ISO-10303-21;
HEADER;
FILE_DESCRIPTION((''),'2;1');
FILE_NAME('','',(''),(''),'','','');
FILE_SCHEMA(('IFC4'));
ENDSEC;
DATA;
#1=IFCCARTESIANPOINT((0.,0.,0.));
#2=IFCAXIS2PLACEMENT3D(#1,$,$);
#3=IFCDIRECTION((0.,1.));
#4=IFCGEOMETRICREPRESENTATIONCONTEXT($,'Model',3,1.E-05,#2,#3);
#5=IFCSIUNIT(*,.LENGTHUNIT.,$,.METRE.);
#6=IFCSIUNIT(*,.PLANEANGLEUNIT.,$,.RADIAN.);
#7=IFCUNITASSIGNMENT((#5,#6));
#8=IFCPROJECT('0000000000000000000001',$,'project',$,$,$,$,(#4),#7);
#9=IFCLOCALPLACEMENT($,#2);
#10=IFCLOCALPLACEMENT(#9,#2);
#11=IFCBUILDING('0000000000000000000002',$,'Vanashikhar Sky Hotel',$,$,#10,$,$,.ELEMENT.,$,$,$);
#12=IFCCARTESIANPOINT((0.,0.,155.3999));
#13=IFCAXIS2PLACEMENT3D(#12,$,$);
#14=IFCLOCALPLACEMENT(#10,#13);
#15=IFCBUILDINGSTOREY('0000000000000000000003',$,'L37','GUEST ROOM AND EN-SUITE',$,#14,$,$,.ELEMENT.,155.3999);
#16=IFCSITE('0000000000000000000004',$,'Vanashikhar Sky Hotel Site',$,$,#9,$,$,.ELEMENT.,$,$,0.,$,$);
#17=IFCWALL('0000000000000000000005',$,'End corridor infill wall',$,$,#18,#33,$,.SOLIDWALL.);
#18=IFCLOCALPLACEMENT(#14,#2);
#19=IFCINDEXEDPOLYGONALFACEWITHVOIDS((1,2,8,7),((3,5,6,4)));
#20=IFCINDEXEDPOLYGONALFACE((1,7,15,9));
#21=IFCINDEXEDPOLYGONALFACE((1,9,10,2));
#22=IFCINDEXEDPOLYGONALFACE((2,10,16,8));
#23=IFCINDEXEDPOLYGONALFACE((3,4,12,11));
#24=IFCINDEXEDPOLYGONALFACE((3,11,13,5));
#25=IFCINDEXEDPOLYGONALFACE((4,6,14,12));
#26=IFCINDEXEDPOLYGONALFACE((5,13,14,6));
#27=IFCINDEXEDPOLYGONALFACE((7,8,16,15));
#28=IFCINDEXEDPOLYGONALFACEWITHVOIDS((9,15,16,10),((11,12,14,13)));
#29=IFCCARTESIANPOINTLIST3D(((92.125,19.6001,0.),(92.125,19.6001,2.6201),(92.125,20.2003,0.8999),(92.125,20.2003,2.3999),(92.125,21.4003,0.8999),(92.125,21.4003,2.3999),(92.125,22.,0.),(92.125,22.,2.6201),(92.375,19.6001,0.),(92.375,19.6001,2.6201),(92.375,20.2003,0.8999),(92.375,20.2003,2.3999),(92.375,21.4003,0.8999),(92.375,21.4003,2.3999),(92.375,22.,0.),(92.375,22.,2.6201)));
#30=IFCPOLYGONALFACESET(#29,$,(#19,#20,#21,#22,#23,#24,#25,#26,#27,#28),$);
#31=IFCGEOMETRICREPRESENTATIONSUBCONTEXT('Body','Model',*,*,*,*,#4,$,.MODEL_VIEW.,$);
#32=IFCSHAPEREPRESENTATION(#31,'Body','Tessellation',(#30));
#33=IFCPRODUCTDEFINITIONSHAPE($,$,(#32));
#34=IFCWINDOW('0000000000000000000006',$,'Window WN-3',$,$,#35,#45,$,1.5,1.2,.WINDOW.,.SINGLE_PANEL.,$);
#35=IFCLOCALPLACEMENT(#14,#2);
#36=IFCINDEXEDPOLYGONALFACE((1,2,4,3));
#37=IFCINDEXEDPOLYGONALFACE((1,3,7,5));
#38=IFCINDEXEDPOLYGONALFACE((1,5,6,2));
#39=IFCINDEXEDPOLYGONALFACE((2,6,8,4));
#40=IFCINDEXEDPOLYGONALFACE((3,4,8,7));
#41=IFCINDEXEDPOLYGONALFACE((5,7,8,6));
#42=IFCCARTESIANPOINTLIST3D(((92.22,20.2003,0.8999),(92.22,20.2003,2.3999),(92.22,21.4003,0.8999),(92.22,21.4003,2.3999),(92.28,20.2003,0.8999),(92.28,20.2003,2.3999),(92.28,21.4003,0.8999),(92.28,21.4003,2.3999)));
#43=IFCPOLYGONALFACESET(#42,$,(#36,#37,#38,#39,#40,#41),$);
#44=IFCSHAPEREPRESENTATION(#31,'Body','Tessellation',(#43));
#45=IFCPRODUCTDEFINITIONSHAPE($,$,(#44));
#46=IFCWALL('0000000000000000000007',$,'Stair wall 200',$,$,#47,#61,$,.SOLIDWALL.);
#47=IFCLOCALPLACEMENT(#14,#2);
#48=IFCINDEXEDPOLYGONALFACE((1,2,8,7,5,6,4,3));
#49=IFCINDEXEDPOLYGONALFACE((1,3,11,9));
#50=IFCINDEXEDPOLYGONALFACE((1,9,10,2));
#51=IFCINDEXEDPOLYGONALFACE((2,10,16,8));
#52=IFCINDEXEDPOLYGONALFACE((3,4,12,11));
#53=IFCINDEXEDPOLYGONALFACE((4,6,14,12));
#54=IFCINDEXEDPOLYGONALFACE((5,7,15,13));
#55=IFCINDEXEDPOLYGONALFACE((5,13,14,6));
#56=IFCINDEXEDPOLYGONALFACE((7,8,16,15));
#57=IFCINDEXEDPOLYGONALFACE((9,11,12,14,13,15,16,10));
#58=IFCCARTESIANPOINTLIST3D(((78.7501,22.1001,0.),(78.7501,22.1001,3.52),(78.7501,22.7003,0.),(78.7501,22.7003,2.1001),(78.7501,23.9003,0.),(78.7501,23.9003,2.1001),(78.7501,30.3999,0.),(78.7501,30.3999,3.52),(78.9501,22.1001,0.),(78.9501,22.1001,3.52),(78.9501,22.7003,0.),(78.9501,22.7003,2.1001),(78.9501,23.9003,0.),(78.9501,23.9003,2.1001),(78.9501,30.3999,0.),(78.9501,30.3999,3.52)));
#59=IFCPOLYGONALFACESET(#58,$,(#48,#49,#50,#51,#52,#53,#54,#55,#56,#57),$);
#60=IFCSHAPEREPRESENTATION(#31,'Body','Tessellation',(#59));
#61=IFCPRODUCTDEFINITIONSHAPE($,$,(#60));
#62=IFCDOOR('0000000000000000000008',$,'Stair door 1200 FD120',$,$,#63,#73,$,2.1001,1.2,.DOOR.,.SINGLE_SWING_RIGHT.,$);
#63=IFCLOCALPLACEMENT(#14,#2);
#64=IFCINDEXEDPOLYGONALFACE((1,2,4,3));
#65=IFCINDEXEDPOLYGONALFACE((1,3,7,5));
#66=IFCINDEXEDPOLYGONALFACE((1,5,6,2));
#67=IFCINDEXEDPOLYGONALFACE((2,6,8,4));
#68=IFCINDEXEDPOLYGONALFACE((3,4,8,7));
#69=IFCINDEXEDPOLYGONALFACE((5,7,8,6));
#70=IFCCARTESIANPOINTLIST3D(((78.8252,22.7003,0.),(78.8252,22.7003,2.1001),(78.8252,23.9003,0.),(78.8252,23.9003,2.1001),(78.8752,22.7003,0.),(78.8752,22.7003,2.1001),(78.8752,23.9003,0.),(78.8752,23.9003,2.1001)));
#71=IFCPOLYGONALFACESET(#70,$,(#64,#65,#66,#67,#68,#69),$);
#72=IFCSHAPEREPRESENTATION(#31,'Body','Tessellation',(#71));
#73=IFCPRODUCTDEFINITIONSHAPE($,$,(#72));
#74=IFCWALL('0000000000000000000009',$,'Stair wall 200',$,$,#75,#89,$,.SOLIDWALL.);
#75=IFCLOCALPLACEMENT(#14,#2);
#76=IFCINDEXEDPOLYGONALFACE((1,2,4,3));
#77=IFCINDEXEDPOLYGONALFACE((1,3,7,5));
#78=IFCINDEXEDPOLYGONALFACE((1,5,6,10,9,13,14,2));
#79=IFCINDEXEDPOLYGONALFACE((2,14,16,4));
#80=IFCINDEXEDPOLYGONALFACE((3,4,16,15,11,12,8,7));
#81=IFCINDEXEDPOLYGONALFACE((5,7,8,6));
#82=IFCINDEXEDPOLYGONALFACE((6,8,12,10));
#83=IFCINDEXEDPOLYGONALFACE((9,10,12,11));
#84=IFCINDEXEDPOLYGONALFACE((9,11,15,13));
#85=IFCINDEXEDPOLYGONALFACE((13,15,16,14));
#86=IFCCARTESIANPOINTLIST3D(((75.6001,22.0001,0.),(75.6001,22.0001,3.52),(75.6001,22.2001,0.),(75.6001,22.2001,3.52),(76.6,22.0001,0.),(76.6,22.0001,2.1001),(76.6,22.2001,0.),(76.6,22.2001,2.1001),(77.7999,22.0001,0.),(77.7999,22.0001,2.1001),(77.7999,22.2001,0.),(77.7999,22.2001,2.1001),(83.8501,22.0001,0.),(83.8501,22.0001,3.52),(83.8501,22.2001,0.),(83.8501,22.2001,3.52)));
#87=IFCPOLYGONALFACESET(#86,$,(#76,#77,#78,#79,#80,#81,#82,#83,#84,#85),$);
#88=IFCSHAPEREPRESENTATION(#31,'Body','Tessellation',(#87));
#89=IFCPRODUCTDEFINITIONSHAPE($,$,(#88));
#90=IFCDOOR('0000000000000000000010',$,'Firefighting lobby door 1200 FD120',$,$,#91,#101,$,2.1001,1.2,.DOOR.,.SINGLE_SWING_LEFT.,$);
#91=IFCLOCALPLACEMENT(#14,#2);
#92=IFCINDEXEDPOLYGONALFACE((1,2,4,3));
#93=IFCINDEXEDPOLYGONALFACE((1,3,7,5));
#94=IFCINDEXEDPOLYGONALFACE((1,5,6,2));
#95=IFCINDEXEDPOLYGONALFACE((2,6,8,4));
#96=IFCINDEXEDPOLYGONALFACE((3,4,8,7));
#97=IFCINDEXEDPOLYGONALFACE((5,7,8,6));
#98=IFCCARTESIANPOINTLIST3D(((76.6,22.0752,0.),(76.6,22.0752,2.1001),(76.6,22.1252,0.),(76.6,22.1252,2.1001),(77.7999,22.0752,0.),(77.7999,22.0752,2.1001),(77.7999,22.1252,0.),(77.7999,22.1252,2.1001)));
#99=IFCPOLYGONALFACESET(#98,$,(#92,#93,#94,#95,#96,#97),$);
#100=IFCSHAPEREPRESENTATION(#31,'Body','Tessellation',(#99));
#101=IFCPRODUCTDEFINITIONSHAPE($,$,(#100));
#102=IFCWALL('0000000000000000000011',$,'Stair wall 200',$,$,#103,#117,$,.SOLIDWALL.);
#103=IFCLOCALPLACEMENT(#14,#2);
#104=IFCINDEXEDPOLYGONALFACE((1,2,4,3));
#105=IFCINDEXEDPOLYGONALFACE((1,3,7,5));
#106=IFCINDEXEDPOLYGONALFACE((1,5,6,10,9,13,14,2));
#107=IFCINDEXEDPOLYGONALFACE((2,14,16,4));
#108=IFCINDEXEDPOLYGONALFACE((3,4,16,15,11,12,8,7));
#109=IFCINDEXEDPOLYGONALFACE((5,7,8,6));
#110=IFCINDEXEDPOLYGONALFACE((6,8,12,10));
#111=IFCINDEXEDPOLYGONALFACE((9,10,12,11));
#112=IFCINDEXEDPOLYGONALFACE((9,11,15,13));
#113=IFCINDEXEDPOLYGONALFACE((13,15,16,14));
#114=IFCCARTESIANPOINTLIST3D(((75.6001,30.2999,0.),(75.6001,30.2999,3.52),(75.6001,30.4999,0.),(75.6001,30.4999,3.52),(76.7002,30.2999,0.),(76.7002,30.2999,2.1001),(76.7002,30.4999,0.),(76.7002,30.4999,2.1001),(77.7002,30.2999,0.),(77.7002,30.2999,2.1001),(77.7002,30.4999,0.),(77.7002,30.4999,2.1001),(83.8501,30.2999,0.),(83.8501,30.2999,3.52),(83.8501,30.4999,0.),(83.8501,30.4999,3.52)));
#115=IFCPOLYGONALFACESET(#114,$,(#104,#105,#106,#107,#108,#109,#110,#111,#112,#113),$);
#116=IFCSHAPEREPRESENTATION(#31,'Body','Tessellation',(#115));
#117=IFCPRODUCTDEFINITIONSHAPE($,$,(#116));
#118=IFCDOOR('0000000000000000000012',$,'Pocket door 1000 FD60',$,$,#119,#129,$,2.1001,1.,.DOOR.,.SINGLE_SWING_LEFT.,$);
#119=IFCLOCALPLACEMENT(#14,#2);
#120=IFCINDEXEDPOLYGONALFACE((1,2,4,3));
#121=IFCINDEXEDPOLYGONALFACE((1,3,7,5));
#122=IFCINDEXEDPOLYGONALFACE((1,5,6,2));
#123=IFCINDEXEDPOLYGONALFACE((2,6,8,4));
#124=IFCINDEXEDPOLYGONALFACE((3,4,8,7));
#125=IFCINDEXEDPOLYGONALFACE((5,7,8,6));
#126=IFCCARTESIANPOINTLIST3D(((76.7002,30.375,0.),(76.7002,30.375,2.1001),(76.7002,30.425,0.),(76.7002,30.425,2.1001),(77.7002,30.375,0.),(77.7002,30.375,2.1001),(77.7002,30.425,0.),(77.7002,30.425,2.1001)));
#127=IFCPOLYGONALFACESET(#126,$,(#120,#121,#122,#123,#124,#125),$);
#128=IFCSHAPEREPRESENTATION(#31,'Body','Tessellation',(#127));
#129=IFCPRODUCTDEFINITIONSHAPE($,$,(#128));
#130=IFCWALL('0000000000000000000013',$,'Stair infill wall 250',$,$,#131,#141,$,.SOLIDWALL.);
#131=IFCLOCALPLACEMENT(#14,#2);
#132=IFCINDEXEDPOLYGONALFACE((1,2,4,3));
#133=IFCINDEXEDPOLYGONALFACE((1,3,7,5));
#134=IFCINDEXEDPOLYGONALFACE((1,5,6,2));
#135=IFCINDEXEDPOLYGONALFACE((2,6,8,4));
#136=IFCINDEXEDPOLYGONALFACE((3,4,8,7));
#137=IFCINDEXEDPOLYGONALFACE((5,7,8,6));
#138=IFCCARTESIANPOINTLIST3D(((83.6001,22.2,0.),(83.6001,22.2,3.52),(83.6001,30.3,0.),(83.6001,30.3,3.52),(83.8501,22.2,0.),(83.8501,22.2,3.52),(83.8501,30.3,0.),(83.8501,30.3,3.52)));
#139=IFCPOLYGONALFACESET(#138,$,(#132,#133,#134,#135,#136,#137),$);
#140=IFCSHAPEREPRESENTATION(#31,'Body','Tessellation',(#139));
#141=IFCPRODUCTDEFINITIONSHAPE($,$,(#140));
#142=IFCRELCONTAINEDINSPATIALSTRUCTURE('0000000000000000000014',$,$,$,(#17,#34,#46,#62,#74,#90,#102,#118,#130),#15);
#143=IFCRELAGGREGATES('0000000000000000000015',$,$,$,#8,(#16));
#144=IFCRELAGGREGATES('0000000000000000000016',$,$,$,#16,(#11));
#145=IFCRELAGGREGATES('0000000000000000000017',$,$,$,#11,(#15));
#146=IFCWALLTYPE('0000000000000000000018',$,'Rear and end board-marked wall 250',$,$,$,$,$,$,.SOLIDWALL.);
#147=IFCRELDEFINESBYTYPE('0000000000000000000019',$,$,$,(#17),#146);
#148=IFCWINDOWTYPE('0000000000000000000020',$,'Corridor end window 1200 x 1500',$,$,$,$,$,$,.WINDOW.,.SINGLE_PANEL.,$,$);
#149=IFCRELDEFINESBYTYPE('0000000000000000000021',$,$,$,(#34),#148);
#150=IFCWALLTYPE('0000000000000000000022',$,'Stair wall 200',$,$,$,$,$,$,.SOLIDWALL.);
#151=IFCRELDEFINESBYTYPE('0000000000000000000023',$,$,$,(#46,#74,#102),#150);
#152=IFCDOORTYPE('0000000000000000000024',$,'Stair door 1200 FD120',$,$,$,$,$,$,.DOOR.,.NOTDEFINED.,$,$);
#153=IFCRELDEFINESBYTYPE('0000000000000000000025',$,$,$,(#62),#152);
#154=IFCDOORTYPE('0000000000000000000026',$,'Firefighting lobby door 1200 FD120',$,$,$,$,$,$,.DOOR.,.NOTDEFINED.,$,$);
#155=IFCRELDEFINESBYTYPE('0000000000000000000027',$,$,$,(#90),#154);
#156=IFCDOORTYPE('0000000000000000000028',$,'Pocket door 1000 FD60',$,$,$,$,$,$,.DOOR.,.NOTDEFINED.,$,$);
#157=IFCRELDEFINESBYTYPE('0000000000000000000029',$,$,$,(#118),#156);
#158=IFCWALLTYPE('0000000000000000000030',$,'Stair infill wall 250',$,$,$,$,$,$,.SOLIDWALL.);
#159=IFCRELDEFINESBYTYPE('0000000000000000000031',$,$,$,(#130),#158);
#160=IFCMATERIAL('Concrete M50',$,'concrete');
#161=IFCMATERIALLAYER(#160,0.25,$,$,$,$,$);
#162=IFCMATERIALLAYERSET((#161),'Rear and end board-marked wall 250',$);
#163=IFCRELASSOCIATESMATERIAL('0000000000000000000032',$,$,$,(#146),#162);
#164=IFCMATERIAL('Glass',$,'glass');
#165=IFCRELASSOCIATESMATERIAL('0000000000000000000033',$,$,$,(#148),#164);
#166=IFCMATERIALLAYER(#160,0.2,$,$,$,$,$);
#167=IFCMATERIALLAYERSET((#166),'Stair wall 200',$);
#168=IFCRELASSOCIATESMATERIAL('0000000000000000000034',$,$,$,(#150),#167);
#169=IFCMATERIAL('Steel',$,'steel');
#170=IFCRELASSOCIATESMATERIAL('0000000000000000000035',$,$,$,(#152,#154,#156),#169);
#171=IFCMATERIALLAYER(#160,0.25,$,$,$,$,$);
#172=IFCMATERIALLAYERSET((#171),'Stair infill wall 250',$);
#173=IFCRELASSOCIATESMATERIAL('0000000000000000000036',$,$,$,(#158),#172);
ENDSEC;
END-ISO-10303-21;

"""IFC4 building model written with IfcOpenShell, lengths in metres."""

from ifc_helpers import new_model, si_unit, direction, frame, frame_2d, origin, place, context, subcontext, project, spatial, rectangle, extrude, source, transform, mapped, material, layer, layer_set, type_object, element, fill, save


model = new_model("IFC4")

# Units and contexts
model_context = context("Model", 3, precision=1e-05, world=origin(), true_north=direction((0.0, 1.0)))
body_context = subcontext(model_context, "Body", "Model", "MODEL_VIEW")
ifc_project = project(units=[si_unit("LENGTHUNIT", "METRE"), si_unit("PLANEANGLEUNIT", "RADIAN")], contexts=[model_context])

# Site, building, storey
site_placement = place(None, origin())
site = spatial("IfcSite", under=ifc_project, at=site_placement, Name="Vanashikhar Sky Hotel Site", CompositionType="ELEMENT", RefElevation=0.0)
building_placement = place(site_placement, origin())
building = spatial("IfcBuilding", under=site, at=building_placement, Name="Vanashikhar Sky Hotel", CompositionType="ELEMENT")
storey_placement = place(building_placement, frame((0.0, 0.0, 155.3999)))
storey = spatial("IfcBuildingStorey", under=building, at=storey_placement, Name="L37", Description="GUEST ROOM AND EN-SUITE", CompositionType="ELEMENT", Elevation=155.3999)

# Shared definitions
ifc_material_1 = material(Name="Concrete M50", Category="concrete")

# Shared definitions
ifc_material_2 = material(Name="Glass", Category="glass")

# Wall, opening, window
ifc_layer_1 = layer(ifc_material_1, 0.25)
ifc_layer_set_1 = layer_set([ifc_layer_1], Name="Rear and end board-marked wall 250")
wall_type_1 = type_object("IfcWallType", Name="Rear and end board-marked wall 250", PredefinedType="SOLIDWALL", material=ifc_layer_set_1)
shared_shape_1 = source(origin(), body_context, "Body", "SweptSolid", [
    extrude(rectangle(XDim=2.3999, YDim=0.25, at=frame_2d((1.2, 0.0))), origin(), (0.0, 0.0, 1.0), 2.6201),
])
wall_1_placement = place(storey_placement, frame((92.25, 19.6001, 0.0), z_axis=(0.0, 0.0, 1.0), x_axis=(0.0, 1.0, 0.0)))
wall_1 = element("IfcWall", 1, at=wall_1_placement, inside=storey, type_object=wall_type_1, Name="End corridor infill wall", PredefinedType="SOLIDWALL", context=body_context, shape_type="MappedRepresentation", body=[
    mapped(shared_shape_1, transform((0.0, 0.0, 0.0), scale=1.0)),
])
shared_shape_2 = source(origin(), body_context, "Body", "SweptSolid", [
    extrude(rectangle(XDim=1.2, YDim=1.5, at=frame_2d((0.6001, 0.75))), frame((0.0, 0.135, 0.0), z_axis=(0.0, -1.0, 0.0), x_axis=(1.0, 0.0, 0.0)), (0.0, 0.0, 1.0), 0.27),
])
opening_1_placement = place(wall_1_placement, frame((0.6001, 0.0, 0.8999)))
opening_1 = element("IfcOpeningElement", 2, at=opening_1_placement, cuts=wall_1, PredefinedType="OPENING", context=body_context, shape_type="MappedRepresentation", body=[
    mapped(shared_shape_2, transform((0.0, 0.0, 0.0), scale=1.0)),
])
window_type_1 = type_object("IfcWindowType", Name="Corridor end window 1200 x 1500", PartitioningType="SINGLE_PANEL", PredefinedType="WINDOW", material=ifc_material_2)
shared_shape_3 = source(origin(), body_context, "Body", "SweptSolid", [
    extrude(rectangle(XDim=1.2, YDim=1.5, at=frame_2d((0.6001, 0.75))), frame((0.0, 0.03, 0.0), z_axis=(0.0, -1.0, 0.0), x_axis=(1.0, 0.0, 0.0)), (0.0, 0.0, 1.0), 0.0601),
])
window_1_placement = place(opening_1_placement, origin())
window_1 = element("IfcWindow", 3, at=window_1_placement, inside=storey, type_object=window_type_1, Name="Window WN-3", OverallHeight=1.5, OverallWidth=1.2, PartitioningType="SINGLE_PANEL", PredefinedType="WINDOW", context=body_context, shape_type="MappedRepresentation", body=[
    mapped(shared_shape_3, transform((0.0, 0.0, 0.0), scale=1.0)),
])
fill(opening_1, window_1)

# Walls, openings, doors
ifc_layer_2 = layer(ifc_material_1, 0.2)
ifc_layer_set_2 = layer_set([ifc_layer_2], Name="Stair wall 200")
wall_type_2 = type_object("IfcWallType", Name="Stair wall 200", PredefinedType="SOLIDWALL", material=ifc_layer_set_2)
shared_shape_4 = source(origin(), body_context, "Body", "SweptSolid", [
    extrude(rectangle(XDim=8.2998, YDim=0.2, at=frame_2d((4.1499, 0.0))), origin(), (0.0, 0.0, 1.0), 3.52),
])
wall_2_placement = place(storey_placement, frame((78.8501, 22.1001, 0.0), z_axis=(0.0, 0.0, 1.0), x_axis=(0.0, 1.0, 0.0)))
wall_2 = element("IfcWall", 4, at=wall_2_placement, inside=storey, type_object=wall_type_2, Name="Stair wall 200", PredefinedType="SOLIDWALL", context=body_context, shape_type="MappedRepresentation", body=[
    mapped(shared_shape_4, transform((0.0, 0.0, 0.0), scale=1.0)),
])
shared_shape_5 = source(origin(), body_context, "Body", "SweptSolid", [
    extrude(rectangle(XDim=1.2, YDim=2.1001, at=frame_2d((0.6001, 1.05))), frame((0.0, 0.1099, 0.0), z_axis=(0.0, -1.0, 0.0), x_axis=(1.0, 0.0, 0.0)), (0.0, 0.0, 1.0), 0.22),
])
opening_2_placement = place(wall_2_placement, frame((0.6001, 0.0, 0.0)))
opening_2 = element("IfcOpeningElement", 5, at=opening_2_placement, cuts=wall_2, PredefinedType="OPENING", context=body_context, shape_type="MappedRepresentation", body=[
    mapped(shared_shape_5, transform((0.0, 0.0, 0.0), scale=1.0)),
])
ifc_material_3 = material(Name="Steel", Category="steel")
door_type_1 = type_object("IfcDoorType", Name="Stair door 1200 FD120", OperationType="NOTDEFINED", PredefinedType="DOOR", material=ifc_material_3)
shared_shape_6 = source(origin(), body_context, "Body", "SweptSolid", [
    extrude(rectangle(XDim=1.2, YDim=2.1001, at=frame_2d((0.6001, 1.05))), frame((0.0, 0.0249, 0.0), z_axis=(0.0, -1.0, 0.0), x_axis=(1.0, 0.0, 0.0)), (0.0, 0.0, 1.0), 0.05),
])
door_1_placement = place(opening_2_placement, origin())
door_1 = element("IfcDoor", 6, at=door_1_placement, inside=storey, type_object=door_type_1, Name="Stair door 1200 FD120", OperationType="SINGLE_SWING_RIGHT", OverallHeight=2.1001, OverallWidth=1.2, PredefinedType="DOOR", context=body_context, shape_type="MappedRepresentation", body=[
    mapped(shared_shape_6, transform((0.0, 0.0, 0.0), scale=1.0)),
])
fill(opening_2, door_1)
shared_shape_7 = source(origin(), body_context, "Body", "SweptSolid", [
    extrude(rectangle(XDim=8.25, YDim=0.2, at=frame_2d((4.125, 0.0))), origin(), (0.0, 0.0, 1.0), 3.52),
])
wall_3_placement = place(storey_placement, frame((83.8501, 22.1001, 0.0), z_axis=(0.0, 0.0, 1.0), x_axis=(-1.0, 0.0, 0.0)))
wall_3 = element("IfcWall", 7, at=wall_3_placement, inside=storey, type_object=wall_type_2, Name="Stair wall 200", PredefinedType="SOLIDWALL", context=body_context, shape_type="MappedRepresentation", body=[
    mapped(shared_shape_7, transform((0.0, 0.0, 0.0), scale=1.0)),
])
opening_3_placement = place(wall_3_placement, frame((6.05, 0.0, 0.0)))
opening_3 = element("IfcOpeningElement", 8, at=opening_3_placement, cuts=wall_3, PredefinedType="OPENING", context=body_context, shape_type="MappedRepresentation", body=[
    mapped(shared_shape_5, transform((0.0, 0.0, 0.0), scale=1.0)),
])
door_type_2 = type_object("IfcDoorType", Name="Firefighting lobby door 1200 FD120", OperationType="NOTDEFINED", PredefinedType="DOOR", material=ifc_material_3)
door_2_placement = place(opening_3_placement, origin())
door_2 = element("IfcDoor", 9, at=door_2_placement, inside=storey, type_object=door_type_2, Name="Firefighting lobby door 1200 FD120", OperationType="SINGLE_SWING_LEFT", OverallHeight=2.1001, OverallWidth=1.2, PredefinedType="DOOR", context=body_context, shape_type="MappedRepresentation", body=[
    mapped(shared_shape_6, transform((0.0, 0.0, 0.0), scale=1.0)),
])
fill(opening_3, door_2)
wall_4_placement = place(storey_placement, frame((83.8501, 30.3999, 0.0), z_axis=(0.0, 0.0, 1.0), x_axis=(-1.0, 0.0, 0.0)))
wall_4 = element("IfcWall", 10, at=wall_4_placement, inside=storey, type_object=wall_type_2, Name="Stair wall 200", PredefinedType="SOLIDWALL", context=body_context, shape_type="MappedRepresentation", body=[
    mapped(shared_shape_7, transform((0.0, 0.0, 0.0), scale=1.0)),
])
shared_shape_8 = source(origin(), body_context, "Body", "SweptSolid", [
    extrude(rectangle(XDim=1.0, YDim=2.1001, at=frame_2d((0.5, 1.05))), frame((0.0, 0.1099, 0.0), z_axis=(0.0, -1.0, 0.0), x_axis=(1.0, 0.0, 0.0)), (0.0, 0.0, 1.0), 0.22),
])
opening_4_placement = place(wall_4_placement, frame((6.1499, 0.0, 0.0)))
opening_4 = element("IfcOpeningElement", 11, at=opening_4_placement, cuts=wall_4, PredefinedType="OPENING", context=body_context, shape_type="MappedRepresentation", body=[
    mapped(shared_shape_8, transform((0.0, 0.0, 0.0), scale=1.0)),
])
door_type_3 = type_object("IfcDoorType", Name="Pocket door 1000 FD60", OperationType="NOTDEFINED", PredefinedType="DOOR", material=ifc_material_3)
shared_shape_9 = source(origin(), body_context, "Body", "SweptSolid", [
    extrude(rectangle(XDim=1.0, YDim=2.1001, at=frame_2d((0.5, 1.05))), frame((0.0, 0.0249, 0.0), z_axis=(0.0, -1.0, 0.0), x_axis=(1.0, 0.0, 0.0)), (0.0, 0.0, 1.0), 0.05),
])
door_3_placement = place(opening_4_placement, origin())
door_3 = element("IfcDoor", 12, at=door_3_placement, inside=storey, type_object=door_type_3, Name="Pocket door 1000 FD60", OperationType="SINGLE_SWING_LEFT", OverallHeight=2.1001, OverallWidth=1.0, PredefinedType="DOOR", context=body_context, shape_type="MappedRepresentation", body=[
    mapped(shared_shape_9, transform((0.0, 0.0, 0.0), scale=1.0)),
])
fill(opening_4, door_3)

# Wall
ifc_layer_3 = layer(ifc_material_1, 0.25)
ifc_layer_set_3 = layer_set([ifc_layer_3], Name="Stair infill wall 250")
wall_type_3 = type_object("IfcWallType", Name="Stair infill wall 250", PredefinedType="SOLIDWALL", material=ifc_layer_set_3)
shared_shape_10 = source(origin(), body_context, "Body", "SweptSolid", [
    extrude(rectangle(XDim=8.1001, YDim=0.25, at=frame_2d((4.05, 0.0))), origin(), (0.0, 0.0, 1.0), 3.52),
])
wall_5_placement = place(storey_placement, frame((83.7251, 22.2, 0.0), z_axis=(0.0, 0.0, 1.0), x_axis=(0.0, 1.0, 0.0)))
element("IfcWall", 13, at=wall_5_placement, inside=storey, type_object=wall_type_3, Name="Stair infill wall 250", PredefinedType="SOLIDWALL", context=body_context, shape_type="MappedRepresentation", body=[
    mapped(shared_shape_10, transform((0.0, 0.0, 0.0), scale=1.0)),
])

save(model, "model.ifc")
